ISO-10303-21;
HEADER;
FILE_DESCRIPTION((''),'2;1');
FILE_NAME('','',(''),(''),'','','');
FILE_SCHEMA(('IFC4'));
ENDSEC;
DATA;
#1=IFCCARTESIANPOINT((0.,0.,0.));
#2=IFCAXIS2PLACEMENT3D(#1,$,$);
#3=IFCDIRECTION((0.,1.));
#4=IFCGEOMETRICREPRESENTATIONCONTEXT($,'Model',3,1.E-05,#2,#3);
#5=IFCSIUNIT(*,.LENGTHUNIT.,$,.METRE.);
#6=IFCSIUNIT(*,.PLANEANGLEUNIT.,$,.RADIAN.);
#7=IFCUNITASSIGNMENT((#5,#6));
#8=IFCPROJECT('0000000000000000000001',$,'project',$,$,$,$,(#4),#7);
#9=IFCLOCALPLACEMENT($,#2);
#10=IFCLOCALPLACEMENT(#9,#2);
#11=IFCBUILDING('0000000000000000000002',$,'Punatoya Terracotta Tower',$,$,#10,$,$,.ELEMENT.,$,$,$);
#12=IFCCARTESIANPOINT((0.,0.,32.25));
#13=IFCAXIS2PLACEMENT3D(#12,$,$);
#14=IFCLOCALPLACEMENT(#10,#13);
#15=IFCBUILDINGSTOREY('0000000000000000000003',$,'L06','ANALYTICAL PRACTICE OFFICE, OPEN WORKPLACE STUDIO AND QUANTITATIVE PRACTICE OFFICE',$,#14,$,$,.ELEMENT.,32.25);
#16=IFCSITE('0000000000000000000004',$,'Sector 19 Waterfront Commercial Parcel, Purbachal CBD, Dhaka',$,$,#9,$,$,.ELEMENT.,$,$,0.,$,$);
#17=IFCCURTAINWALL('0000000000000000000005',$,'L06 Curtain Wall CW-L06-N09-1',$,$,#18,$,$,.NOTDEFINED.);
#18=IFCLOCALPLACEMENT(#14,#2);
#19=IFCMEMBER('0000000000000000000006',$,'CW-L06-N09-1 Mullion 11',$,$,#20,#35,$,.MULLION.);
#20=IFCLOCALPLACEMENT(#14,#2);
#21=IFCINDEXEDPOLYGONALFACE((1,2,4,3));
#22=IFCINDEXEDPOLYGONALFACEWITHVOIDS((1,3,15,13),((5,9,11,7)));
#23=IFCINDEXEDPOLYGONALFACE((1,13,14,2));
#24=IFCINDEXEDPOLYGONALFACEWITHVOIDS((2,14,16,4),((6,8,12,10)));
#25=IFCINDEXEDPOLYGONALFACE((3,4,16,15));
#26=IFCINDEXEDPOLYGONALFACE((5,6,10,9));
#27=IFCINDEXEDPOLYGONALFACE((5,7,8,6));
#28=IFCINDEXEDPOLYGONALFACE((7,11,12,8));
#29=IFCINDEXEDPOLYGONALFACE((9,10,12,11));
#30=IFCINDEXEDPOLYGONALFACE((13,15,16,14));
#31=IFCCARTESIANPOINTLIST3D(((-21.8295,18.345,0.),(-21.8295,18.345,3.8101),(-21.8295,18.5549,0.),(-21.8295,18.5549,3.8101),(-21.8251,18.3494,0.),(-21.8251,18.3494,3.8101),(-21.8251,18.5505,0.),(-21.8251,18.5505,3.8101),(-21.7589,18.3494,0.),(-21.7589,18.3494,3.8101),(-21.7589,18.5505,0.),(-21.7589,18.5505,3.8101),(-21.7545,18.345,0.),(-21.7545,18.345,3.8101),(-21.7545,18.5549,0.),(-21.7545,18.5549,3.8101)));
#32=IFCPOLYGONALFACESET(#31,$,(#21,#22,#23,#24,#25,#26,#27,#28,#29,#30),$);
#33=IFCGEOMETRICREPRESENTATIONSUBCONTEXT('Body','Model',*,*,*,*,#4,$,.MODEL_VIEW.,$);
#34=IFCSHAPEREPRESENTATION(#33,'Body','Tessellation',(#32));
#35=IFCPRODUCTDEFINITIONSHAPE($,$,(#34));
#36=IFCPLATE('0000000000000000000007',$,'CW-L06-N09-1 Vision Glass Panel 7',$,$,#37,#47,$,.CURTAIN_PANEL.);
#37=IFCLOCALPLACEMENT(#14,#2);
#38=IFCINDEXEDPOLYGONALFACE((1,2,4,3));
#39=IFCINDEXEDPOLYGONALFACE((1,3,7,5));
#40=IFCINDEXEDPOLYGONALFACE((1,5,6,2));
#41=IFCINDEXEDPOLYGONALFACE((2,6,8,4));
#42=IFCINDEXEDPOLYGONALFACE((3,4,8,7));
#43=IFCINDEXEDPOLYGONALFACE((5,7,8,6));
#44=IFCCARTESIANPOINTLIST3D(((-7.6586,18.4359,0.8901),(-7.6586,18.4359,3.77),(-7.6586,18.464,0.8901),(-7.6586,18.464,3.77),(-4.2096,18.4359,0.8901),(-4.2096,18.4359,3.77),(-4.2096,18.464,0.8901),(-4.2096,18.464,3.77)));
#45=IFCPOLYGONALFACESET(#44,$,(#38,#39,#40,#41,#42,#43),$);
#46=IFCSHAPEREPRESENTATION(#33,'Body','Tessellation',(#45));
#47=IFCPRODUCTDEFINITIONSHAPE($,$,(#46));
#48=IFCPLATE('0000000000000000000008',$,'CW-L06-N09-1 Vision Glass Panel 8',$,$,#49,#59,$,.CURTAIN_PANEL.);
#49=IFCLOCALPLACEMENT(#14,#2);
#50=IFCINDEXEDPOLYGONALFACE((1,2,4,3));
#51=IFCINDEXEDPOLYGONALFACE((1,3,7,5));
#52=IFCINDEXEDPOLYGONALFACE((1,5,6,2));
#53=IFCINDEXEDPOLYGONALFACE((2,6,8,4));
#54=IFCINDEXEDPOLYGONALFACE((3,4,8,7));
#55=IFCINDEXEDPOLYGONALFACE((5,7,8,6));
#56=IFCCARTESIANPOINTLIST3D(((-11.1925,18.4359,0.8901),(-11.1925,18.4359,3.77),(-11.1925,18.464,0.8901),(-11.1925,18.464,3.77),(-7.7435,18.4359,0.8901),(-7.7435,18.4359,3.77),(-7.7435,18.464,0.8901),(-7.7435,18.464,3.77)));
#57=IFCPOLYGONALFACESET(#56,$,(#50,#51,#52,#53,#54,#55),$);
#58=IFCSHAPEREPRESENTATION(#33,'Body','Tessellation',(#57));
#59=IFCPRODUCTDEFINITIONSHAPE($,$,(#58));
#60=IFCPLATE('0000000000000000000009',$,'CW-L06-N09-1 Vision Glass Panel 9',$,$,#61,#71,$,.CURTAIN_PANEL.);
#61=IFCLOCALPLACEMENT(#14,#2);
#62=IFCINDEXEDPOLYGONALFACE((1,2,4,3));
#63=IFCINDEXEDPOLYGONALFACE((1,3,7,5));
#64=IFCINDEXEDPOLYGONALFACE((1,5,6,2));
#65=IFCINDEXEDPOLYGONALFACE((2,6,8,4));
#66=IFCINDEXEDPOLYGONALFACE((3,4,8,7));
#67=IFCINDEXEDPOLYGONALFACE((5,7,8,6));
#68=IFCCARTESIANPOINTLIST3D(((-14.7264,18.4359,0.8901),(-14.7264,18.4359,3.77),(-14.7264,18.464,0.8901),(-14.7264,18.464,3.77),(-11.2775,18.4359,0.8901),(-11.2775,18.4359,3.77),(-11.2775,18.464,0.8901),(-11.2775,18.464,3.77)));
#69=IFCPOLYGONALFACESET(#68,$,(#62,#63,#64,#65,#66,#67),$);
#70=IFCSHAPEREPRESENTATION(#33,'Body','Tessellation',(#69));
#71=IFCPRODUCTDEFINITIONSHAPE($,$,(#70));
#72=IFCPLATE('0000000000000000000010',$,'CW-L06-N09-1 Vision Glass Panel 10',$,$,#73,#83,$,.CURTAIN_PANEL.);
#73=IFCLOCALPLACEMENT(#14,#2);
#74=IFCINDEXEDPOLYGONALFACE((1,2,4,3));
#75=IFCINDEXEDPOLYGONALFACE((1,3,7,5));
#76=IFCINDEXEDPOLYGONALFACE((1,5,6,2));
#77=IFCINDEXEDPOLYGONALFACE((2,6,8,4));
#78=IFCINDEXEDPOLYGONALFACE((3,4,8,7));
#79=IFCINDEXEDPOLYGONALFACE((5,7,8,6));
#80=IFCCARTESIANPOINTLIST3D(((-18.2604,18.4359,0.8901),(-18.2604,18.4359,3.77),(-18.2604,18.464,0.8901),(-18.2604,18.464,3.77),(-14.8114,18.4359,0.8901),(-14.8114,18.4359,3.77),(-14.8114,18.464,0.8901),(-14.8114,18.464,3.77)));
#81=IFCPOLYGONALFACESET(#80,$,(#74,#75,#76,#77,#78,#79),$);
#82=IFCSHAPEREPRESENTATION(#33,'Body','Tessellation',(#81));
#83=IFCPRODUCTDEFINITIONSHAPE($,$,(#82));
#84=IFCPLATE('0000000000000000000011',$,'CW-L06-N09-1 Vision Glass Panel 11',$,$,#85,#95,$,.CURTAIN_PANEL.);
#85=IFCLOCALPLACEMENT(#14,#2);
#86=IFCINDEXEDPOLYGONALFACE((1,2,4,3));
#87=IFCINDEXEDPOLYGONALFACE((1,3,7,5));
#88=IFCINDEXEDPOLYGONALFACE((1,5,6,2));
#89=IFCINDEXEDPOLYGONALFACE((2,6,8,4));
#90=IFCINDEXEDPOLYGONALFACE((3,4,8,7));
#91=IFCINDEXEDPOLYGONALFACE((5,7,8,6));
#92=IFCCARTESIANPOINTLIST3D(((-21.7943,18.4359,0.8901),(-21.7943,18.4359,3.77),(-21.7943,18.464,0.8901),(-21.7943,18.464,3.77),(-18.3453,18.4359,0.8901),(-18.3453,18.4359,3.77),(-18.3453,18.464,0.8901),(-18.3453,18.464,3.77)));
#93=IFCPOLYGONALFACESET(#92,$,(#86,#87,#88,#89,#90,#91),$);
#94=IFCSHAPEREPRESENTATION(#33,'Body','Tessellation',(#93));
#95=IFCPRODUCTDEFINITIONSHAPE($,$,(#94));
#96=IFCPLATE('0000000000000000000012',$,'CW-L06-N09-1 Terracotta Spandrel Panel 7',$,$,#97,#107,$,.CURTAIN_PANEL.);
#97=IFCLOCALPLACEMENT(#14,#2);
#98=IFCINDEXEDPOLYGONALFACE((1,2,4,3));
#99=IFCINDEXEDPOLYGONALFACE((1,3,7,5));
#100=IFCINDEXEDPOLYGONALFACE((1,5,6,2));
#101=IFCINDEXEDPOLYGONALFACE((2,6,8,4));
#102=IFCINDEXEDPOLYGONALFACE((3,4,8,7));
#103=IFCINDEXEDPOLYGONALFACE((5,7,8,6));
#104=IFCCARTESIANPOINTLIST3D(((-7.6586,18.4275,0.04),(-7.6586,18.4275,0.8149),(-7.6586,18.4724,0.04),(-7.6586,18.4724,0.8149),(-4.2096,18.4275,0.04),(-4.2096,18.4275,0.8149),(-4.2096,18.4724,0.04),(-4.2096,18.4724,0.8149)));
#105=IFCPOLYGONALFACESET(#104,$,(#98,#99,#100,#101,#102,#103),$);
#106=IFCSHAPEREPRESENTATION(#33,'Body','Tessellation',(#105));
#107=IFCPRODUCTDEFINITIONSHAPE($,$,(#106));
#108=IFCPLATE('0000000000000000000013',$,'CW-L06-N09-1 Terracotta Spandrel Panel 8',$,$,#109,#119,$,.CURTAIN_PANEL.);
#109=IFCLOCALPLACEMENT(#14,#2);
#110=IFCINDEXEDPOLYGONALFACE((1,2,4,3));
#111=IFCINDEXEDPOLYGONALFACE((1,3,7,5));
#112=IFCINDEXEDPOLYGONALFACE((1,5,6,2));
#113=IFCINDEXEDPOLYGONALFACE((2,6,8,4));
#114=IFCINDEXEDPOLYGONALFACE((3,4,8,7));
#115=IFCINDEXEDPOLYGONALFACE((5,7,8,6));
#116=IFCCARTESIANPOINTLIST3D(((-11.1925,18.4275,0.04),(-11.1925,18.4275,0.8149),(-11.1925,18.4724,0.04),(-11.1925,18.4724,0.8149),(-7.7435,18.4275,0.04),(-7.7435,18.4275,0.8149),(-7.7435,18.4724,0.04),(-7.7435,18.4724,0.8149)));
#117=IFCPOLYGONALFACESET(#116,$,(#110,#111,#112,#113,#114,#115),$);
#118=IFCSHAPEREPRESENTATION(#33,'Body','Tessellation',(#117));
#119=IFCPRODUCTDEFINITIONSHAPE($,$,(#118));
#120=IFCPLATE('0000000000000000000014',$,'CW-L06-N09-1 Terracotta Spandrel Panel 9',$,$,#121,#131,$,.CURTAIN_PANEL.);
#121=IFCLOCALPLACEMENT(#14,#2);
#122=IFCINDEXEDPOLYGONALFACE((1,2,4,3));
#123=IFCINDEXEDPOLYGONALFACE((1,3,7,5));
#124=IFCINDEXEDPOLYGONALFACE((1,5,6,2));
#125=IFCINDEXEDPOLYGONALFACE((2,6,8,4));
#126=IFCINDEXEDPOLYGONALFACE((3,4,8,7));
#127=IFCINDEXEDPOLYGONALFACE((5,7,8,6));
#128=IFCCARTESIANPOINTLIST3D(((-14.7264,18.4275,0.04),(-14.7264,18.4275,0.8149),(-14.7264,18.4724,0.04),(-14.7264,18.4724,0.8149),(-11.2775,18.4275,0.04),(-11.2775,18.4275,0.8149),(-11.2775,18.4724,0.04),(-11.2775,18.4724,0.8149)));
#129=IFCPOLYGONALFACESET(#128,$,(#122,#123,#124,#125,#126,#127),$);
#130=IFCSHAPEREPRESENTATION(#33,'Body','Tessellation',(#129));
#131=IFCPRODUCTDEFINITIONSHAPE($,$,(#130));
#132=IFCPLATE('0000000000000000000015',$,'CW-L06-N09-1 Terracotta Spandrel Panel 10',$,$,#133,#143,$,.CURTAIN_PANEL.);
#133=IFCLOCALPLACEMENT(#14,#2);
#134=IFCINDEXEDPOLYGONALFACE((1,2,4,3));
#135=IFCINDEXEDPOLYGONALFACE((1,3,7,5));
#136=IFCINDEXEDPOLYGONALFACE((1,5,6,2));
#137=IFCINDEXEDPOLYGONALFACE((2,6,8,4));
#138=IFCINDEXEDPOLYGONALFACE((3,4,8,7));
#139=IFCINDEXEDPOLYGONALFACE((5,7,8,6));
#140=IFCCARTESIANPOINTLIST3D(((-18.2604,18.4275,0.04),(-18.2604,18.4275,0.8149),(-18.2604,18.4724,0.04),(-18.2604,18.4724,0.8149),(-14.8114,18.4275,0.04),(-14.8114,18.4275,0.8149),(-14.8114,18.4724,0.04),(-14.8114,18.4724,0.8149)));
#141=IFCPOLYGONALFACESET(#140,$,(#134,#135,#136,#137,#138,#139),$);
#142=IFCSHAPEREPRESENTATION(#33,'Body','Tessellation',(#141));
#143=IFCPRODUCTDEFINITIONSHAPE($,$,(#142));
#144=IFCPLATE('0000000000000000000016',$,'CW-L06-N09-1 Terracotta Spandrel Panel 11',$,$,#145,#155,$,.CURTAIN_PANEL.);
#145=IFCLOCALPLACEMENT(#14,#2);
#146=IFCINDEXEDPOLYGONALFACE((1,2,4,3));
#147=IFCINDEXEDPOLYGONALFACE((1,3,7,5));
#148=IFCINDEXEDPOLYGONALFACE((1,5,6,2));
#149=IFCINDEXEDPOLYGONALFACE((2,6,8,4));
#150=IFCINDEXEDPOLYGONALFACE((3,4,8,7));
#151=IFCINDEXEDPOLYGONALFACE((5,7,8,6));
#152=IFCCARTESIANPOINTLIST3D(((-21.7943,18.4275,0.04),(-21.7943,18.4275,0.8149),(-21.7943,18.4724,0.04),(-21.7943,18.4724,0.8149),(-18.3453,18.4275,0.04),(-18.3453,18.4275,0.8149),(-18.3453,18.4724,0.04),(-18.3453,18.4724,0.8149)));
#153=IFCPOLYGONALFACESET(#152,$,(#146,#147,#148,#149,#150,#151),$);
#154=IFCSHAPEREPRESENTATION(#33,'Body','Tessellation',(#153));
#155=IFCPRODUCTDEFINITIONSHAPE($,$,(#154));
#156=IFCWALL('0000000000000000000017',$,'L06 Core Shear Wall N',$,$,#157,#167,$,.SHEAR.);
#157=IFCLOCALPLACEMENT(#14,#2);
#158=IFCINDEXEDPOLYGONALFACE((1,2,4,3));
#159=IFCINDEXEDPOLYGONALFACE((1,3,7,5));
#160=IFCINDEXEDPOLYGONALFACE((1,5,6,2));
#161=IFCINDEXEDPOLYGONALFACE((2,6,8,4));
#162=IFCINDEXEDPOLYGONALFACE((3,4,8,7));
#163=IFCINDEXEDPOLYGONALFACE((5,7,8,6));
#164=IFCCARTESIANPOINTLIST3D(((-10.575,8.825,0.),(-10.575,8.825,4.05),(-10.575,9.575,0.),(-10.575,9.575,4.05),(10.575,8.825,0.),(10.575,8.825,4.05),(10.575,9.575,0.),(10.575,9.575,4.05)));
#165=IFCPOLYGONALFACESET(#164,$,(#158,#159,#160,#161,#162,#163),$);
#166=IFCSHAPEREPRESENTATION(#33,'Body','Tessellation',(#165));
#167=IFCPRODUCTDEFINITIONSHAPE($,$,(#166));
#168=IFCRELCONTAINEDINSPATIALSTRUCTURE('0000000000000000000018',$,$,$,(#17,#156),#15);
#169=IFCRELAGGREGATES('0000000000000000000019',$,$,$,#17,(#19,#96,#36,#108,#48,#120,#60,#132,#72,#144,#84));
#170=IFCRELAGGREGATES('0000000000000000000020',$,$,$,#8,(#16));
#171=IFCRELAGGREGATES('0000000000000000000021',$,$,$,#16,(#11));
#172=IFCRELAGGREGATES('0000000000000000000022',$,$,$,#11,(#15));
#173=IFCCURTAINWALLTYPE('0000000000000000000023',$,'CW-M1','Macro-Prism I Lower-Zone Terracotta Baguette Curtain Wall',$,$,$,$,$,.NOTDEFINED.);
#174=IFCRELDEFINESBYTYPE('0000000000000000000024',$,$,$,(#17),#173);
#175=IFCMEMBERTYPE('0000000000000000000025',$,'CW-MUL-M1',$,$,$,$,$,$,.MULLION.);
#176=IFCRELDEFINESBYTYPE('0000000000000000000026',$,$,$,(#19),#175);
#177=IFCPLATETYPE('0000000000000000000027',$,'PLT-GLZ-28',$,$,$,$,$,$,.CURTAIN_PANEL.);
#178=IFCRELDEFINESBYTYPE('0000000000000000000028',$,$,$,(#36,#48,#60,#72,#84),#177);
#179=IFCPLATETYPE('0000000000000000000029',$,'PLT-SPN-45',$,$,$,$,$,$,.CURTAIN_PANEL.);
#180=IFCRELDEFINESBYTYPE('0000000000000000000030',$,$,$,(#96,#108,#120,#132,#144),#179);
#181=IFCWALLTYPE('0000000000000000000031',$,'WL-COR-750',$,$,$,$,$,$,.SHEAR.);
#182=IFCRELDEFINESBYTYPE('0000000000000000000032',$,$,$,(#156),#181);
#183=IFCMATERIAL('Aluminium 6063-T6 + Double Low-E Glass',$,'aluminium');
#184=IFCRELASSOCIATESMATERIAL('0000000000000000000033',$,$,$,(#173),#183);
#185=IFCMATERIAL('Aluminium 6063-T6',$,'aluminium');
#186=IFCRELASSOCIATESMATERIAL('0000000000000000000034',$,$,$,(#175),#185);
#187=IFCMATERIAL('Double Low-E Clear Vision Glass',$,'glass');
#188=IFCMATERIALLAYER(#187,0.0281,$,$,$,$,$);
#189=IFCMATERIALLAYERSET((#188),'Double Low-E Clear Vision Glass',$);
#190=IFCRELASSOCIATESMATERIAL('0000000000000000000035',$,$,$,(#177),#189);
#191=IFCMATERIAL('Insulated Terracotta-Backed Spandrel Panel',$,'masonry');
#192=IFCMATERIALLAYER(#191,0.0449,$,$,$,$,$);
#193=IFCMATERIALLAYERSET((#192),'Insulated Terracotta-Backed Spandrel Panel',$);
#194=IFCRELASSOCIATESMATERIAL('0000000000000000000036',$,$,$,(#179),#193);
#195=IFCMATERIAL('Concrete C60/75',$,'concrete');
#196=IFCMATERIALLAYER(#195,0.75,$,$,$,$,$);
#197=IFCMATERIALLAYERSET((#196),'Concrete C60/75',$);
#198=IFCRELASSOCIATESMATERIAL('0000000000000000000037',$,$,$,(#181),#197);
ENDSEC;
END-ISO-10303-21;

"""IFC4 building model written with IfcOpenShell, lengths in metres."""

from ifc_helpers import new_model, si_unit, direction, frame, frame_2d, origin, origin_2d, place, context, subcontext, project, spatial, rectangle, hollow_rectangle, extrude, material, layer, layer_set, material_profile, profile_set, type_object, element, aggregate, save


model = new_model("IFC4")

# Units and contexts
model_context = context("Model", 3, precision=1e-05, world=origin(), true_north=direction((0.0, 1.0)))
body_context = subcontext(model_context, "Body", "Model", "MODEL_VIEW")
ifc_project = project(units=[si_unit("LENGTHUNIT", "METRE"), si_unit("PLANEANGLEUNIT", "RADIAN")], contexts=[model_context])

# Site, building, storey
site_placement = place(None, origin())
site = spatial("IfcSite", under=ifc_project, at=site_placement, Name="Sector 19 Waterfront Commercial Parcel, Purbachal CBD, Dhaka", CompositionType="ELEMENT", RefElevation=0.0)
building_placement = place(site_placement, origin())
building = spatial("IfcBuilding", under=site, at=building_placement, Name="Punatoya Terracotta Tower", CompositionType="ELEMENT")
storey_placement = place(building_placement, frame((0.0, 0.0, 32.25)))
storey = spatial("IfcBuildingStorey", under=building, at=storey_placement, Name="L06", Description="ANALYTICAL PRACTICE OFFICE, OPEN WORKPLACE STUDIO AND QUANTITATIVE PRACTICE OFFICE", CompositionType="ELEMENT", Elevation=32.25)

# Curtain wall, member, plates
ifc_material_1 = material(Name="Aluminium 6063-T6 + Double Low-E Glass", Category="aluminium")
curtain_wall_type = type_object("IfcCurtainWallType", Name="CW-M1", Description="Macro-Prism I Lower-Zone Terracotta Baguette Curtain Wall", PredefinedType="NOTDEFINED", material=ifc_material_1)
curtain_wall_placement = place(storey_placement, origin())
curtain_wall = element("IfcCurtainWall", 1, at=curtain_wall_placement, inside=storey, type_object=curtain_wall_type, Name="L06 Curtain Wall CW-L06-N09-1", PredefinedType="NOTDEFINED")
ifc_material_2 = material(Name="Aluminium 6063-T6", Category="aluminium")
ifc_material_profile_1 = material_profile(ifc_material_2, hollow_rectangle(XDim=0.075, YDim=0.21, WallThickness=0.0044, at=origin_2d()))
ifc_profile_set_1 = profile_set([ifc_material_profile_1], Name="Aluminium 6063-T6")
member_type = type_object("IfcMemberType", Name="CW-MUL-M1", PredefinedType="MULLION", material=ifc_profile_set_1)
member_1_placement = place(storey_placement, frame((-21.792, 18.45, 0.0), z_axis=(0.0, 0.0, 1.0), x_axis=(1.0, 0.0, 0.0)))
member_1 = element("IfcMember", 2, at=member_1_placement, type_object=member_type, Name="CW-L06-N09-1 Mullion 11", PredefinedType="MULLION", context=body_context, shape_type="SweptSolid", body=[
    extrude(hollow_rectangle(XDim=0.075, YDim=0.21, WallThickness=0.0044, at=origin_2d()), origin(), (0.0, 0.0, 1.0), 3.8101),
])
ifc_material_3 = material(Name="Double Low-E Clear Vision Glass", Category="glass")
ifc_layer_1 = layer(ifc_material_3, 0.0281)
ifc_layer_set_1 = layer_set([ifc_layer_1], Name="Double Low-E Clear Vision Glass")
plate_type_1 = type_object("IfcPlateType", Name="PLT-GLZ-28", PredefinedType="CURTAIN_PANEL", material=ifc_layer_set_1)
plate_1_placement = place(storey_placement, frame((-5.9341, 18.45, 0.8901), z_axis=(0.0, 0.0, 1.0), x_axis=(-1.0, 0.0, 0.0)))
plate_1 = element("IfcPlate", 3, at=plate_1_placement, type_object=plate_type_1, Name="CW-L06-N09-1 Vision Glass Panel 7", PredefinedType="CURTAIN_PANEL", context=body_context, shape_type="SweptSolid", body=[
    extrude(rectangle(XDim=3.449, YDim=0.0281, at=origin_2d()), origin(), (0.0, 0.0, 1.0), 2.8799),
])
plate_2_placement = place(storey_placement, frame((-9.468, 18.45, 0.8901), z_axis=(0.0, 0.0, 1.0), x_axis=(-1.0, 0.0, 0.0)))
plate_2 = element("IfcPlate", 4, at=plate_2_placement, type_object=plate_type_1, Name="CW-L06-N09-1 Vision Glass Panel 8", PredefinedType="CURTAIN_PANEL", context=body_context, shape_type="SweptSolid", body=[
    extrude(rectangle(XDim=3.449, YDim=0.0281, at=origin_2d()), origin(), (0.0, 0.0, 1.0), 2.8799),
])
plate_3_placement = place(storey_placement, frame((-13.002, 18.45, 0.8901), z_axis=(0.0, 0.0, 1.0), x_axis=(-1.0, 0.0, 0.0)))
plate_3 = element("IfcPlate", 5, at=plate_3_placement, type_object=plate_type_1, Name="CW-L06-N09-1 Vision Glass Panel 9", PredefinedType="CURTAIN_PANEL", context=body_context, shape_type="SweptSolid", body=[
    extrude(rectangle(XDim=3.449, YDim=0.0281, at=origin_2d()), origin(), (0.0, 0.0, 1.0), 2.8799),
])
plate_4_placement = place(storey_placement, frame((-16.5359, 18.45, 0.8901), z_axis=(0.0, 0.0, 1.0), x_axis=(-1.0, 0.0, 0.0)))
plate_4 = element("IfcPlate", 6, at=plate_4_placement, type_object=plate_type_1, Name="CW-L06-N09-1 Vision Glass Panel 10", PredefinedType="CURTAIN_PANEL", context=body_context, shape_type="SweptSolid", body=[
    extrude(rectangle(XDim=3.449, YDim=0.0281, at=origin_2d()), origin(), (0.0, 0.0, 1.0), 2.8799),
])
plate_5_placement = place(storey_placement, frame((-20.0698, 18.45, 0.8901), z_axis=(0.0, 0.0, 1.0), x_axis=(-1.0, 0.0, 0.0)))
plate_5 = element("IfcPlate", 7, at=plate_5_placement, type_object=plate_type_1, Name="CW-L06-N09-1 Vision Glass Panel 11", PredefinedType="CURTAIN_PANEL", context=body_context, shape_type="SweptSolid", body=[
    extrude(rectangle(XDim=3.449, YDim=0.0281, at=origin_2d()), origin(), (0.0, 0.0, 1.0), 2.8799),
])
ifc_material_4 = material(Name="Insulated Terracotta-Backed Spandrel Panel", Category="masonry")
ifc_layer_2 = layer(ifc_material_4, 0.0449)
ifc_layer_set_2 = layer_set([ifc_layer_2], Name="Insulated Terracotta-Backed Spandrel Panel")
plate_type_2 = type_object("IfcPlateType", Name="PLT-SPN-45", PredefinedType="CURTAIN_PANEL", material=ifc_layer_set_2)
plate_6_placement = place(storey_placement, frame((-5.9341, 18.45, 0.04), z_axis=(0.0, 0.0, 1.0), x_axis=(-1.0, 0.0, 0.0)))
plate_6 = element("IfcPlate", 8, at=plate_6_placement, type_object=plate_type_2, Name="CW-L06-N09-1 Terracotta Spandrel Panel 7", PredefinedType="CURTAIN_PANEL", context=body_context, shape_type="SweptSolid", body=[
    extrude(rectangle(XDim=3.449, YDim=0.0449, at=origin_2d()), origin(), (0.0, 0.0, 1.0), 0.7749),
])
plate_7_placement = place(storey_placement, frame((-9.468, 18.45, 0.04), z_axis=(0.0, 0.0, 1.0), x_axis=(-1.0, 0.0, 0.0)))
plate_7 = element("IfcPlate", 9, at=plate_7_placement, type_object=plate_type_2, Name="CW-L06-N09-1 Terracotta Spandrel Panel 8", PredefinedType="CURTAIN_PANEL", context=body_context, shape_type="SweptSolid", body=[
    extrude(rectangle(XDim=3.449, YDim=0.0449, at=origin_2d()), origin(), (0.0, 0.0, 1.0), 0.7749),
])
plate_8_placement = place(storey_placement, frame((-13.002, 18.45, 0.04), z_axis=(0.0, 0.0, 1.0), x_axis=(-1.0, 0.0, 0.0)))
plate_8 = element("IfcPlate", 10, at=plate_8_placement, type_object=plate_type_2, Name="CW-L06-N09-1 Terracotta Spandrel Panel 9", PredefinedType="CURTAIN_PANEL", context=body_context, shape_type="SweptSolid", body=[
    extrude(rectangle(XDim=3.449, YDim=0.0449, at=origin_2d()), origin(), (0.0, 0.0, 1.0), 0.7749),
])
plate_9_placement = place(storey_placement, frame((-16.5359, 18.45, 0.04), z_axis=(0.0, 0.0, 1.0), x_axis=(-1.0, 0.0, 0.0)))
plate_9 = element("IfcPlate", 11, at=plate_9_placement, type_object=plate_type_2, Name="CW-L06-N09-1 Terracotta Spandrel Panel 10", PredefinedType="CURTAIN_PANEL", context=body_context, shape_type="SweptSolid", body=[
    extrude(rectangle(XDim=3.449, YDim=0.0449, at=origin_2d()), origin(), (0.0, 0.0, 1.0), 0.7749),
])
plate_10_placement = place(storey_placement, frame((-20.0698, 18.45, 0.04), z_axis=(0.0, 0.0, 1.0), x_axis=(-1.0, 0.0, 0.0)))
plate_10 = element("IfcPlate", 12, at=plate_10_placement, type_object=plate_type_2, Name="CW-L06-N09-1 Terracotta Spandrel Panel 11", PredefinedType="CURTAIN_PANEL", context=body_context, shape_type="SweptSolid", body=[
    extrude(rectangle(XDim=3.449, YDim=0.0449, at=origin_2d()), origin(), (0.0, 0.0, 1.0), 0.7749),
])
aggregate(curtain_wall, [member_1, plate_6, plate_1, plate_7, plate_2, plate_8, plate_3, plate_9, plate_4, plate_10, plate_5])

# Wall
ifc_material_5 = material(Name="Concrete C60/75", Category="concrete")
ifc_layer_3 = layer(ifc_material_5, 0.75)
ifc_layer_set_3 = layer_set([ifc_layer_3], Name="Concrete C60/75")
wall_type_1 = type_object("IfcWallType", Name="WL-COR-750", PredefinedType="SHEAR", material=ifc_layer_set_3)
wall_1_placement = place(storey_placement, frame((-10.575, 9.2, 0.0), z_axis=(0.0, 0.0, 1.0), x_axis=(1.0, 0.0, 0.0)))
element("IfcWall", 13, at=wall_1_placement, inside=storey, type_object=wall_type_1, Name="L06 Core Shear Wall N", PredefinedType="SHEAR", context=body_context, shape_type="SweptSolid", body=[
    extrude(rectangle(XDim=21.1499, YDim=0.75, at=frame_2d((10.575, 0.0))), origin(), (0.0, 0.0, 1.0), 4.05),
])

save(model, "model.ifc")
